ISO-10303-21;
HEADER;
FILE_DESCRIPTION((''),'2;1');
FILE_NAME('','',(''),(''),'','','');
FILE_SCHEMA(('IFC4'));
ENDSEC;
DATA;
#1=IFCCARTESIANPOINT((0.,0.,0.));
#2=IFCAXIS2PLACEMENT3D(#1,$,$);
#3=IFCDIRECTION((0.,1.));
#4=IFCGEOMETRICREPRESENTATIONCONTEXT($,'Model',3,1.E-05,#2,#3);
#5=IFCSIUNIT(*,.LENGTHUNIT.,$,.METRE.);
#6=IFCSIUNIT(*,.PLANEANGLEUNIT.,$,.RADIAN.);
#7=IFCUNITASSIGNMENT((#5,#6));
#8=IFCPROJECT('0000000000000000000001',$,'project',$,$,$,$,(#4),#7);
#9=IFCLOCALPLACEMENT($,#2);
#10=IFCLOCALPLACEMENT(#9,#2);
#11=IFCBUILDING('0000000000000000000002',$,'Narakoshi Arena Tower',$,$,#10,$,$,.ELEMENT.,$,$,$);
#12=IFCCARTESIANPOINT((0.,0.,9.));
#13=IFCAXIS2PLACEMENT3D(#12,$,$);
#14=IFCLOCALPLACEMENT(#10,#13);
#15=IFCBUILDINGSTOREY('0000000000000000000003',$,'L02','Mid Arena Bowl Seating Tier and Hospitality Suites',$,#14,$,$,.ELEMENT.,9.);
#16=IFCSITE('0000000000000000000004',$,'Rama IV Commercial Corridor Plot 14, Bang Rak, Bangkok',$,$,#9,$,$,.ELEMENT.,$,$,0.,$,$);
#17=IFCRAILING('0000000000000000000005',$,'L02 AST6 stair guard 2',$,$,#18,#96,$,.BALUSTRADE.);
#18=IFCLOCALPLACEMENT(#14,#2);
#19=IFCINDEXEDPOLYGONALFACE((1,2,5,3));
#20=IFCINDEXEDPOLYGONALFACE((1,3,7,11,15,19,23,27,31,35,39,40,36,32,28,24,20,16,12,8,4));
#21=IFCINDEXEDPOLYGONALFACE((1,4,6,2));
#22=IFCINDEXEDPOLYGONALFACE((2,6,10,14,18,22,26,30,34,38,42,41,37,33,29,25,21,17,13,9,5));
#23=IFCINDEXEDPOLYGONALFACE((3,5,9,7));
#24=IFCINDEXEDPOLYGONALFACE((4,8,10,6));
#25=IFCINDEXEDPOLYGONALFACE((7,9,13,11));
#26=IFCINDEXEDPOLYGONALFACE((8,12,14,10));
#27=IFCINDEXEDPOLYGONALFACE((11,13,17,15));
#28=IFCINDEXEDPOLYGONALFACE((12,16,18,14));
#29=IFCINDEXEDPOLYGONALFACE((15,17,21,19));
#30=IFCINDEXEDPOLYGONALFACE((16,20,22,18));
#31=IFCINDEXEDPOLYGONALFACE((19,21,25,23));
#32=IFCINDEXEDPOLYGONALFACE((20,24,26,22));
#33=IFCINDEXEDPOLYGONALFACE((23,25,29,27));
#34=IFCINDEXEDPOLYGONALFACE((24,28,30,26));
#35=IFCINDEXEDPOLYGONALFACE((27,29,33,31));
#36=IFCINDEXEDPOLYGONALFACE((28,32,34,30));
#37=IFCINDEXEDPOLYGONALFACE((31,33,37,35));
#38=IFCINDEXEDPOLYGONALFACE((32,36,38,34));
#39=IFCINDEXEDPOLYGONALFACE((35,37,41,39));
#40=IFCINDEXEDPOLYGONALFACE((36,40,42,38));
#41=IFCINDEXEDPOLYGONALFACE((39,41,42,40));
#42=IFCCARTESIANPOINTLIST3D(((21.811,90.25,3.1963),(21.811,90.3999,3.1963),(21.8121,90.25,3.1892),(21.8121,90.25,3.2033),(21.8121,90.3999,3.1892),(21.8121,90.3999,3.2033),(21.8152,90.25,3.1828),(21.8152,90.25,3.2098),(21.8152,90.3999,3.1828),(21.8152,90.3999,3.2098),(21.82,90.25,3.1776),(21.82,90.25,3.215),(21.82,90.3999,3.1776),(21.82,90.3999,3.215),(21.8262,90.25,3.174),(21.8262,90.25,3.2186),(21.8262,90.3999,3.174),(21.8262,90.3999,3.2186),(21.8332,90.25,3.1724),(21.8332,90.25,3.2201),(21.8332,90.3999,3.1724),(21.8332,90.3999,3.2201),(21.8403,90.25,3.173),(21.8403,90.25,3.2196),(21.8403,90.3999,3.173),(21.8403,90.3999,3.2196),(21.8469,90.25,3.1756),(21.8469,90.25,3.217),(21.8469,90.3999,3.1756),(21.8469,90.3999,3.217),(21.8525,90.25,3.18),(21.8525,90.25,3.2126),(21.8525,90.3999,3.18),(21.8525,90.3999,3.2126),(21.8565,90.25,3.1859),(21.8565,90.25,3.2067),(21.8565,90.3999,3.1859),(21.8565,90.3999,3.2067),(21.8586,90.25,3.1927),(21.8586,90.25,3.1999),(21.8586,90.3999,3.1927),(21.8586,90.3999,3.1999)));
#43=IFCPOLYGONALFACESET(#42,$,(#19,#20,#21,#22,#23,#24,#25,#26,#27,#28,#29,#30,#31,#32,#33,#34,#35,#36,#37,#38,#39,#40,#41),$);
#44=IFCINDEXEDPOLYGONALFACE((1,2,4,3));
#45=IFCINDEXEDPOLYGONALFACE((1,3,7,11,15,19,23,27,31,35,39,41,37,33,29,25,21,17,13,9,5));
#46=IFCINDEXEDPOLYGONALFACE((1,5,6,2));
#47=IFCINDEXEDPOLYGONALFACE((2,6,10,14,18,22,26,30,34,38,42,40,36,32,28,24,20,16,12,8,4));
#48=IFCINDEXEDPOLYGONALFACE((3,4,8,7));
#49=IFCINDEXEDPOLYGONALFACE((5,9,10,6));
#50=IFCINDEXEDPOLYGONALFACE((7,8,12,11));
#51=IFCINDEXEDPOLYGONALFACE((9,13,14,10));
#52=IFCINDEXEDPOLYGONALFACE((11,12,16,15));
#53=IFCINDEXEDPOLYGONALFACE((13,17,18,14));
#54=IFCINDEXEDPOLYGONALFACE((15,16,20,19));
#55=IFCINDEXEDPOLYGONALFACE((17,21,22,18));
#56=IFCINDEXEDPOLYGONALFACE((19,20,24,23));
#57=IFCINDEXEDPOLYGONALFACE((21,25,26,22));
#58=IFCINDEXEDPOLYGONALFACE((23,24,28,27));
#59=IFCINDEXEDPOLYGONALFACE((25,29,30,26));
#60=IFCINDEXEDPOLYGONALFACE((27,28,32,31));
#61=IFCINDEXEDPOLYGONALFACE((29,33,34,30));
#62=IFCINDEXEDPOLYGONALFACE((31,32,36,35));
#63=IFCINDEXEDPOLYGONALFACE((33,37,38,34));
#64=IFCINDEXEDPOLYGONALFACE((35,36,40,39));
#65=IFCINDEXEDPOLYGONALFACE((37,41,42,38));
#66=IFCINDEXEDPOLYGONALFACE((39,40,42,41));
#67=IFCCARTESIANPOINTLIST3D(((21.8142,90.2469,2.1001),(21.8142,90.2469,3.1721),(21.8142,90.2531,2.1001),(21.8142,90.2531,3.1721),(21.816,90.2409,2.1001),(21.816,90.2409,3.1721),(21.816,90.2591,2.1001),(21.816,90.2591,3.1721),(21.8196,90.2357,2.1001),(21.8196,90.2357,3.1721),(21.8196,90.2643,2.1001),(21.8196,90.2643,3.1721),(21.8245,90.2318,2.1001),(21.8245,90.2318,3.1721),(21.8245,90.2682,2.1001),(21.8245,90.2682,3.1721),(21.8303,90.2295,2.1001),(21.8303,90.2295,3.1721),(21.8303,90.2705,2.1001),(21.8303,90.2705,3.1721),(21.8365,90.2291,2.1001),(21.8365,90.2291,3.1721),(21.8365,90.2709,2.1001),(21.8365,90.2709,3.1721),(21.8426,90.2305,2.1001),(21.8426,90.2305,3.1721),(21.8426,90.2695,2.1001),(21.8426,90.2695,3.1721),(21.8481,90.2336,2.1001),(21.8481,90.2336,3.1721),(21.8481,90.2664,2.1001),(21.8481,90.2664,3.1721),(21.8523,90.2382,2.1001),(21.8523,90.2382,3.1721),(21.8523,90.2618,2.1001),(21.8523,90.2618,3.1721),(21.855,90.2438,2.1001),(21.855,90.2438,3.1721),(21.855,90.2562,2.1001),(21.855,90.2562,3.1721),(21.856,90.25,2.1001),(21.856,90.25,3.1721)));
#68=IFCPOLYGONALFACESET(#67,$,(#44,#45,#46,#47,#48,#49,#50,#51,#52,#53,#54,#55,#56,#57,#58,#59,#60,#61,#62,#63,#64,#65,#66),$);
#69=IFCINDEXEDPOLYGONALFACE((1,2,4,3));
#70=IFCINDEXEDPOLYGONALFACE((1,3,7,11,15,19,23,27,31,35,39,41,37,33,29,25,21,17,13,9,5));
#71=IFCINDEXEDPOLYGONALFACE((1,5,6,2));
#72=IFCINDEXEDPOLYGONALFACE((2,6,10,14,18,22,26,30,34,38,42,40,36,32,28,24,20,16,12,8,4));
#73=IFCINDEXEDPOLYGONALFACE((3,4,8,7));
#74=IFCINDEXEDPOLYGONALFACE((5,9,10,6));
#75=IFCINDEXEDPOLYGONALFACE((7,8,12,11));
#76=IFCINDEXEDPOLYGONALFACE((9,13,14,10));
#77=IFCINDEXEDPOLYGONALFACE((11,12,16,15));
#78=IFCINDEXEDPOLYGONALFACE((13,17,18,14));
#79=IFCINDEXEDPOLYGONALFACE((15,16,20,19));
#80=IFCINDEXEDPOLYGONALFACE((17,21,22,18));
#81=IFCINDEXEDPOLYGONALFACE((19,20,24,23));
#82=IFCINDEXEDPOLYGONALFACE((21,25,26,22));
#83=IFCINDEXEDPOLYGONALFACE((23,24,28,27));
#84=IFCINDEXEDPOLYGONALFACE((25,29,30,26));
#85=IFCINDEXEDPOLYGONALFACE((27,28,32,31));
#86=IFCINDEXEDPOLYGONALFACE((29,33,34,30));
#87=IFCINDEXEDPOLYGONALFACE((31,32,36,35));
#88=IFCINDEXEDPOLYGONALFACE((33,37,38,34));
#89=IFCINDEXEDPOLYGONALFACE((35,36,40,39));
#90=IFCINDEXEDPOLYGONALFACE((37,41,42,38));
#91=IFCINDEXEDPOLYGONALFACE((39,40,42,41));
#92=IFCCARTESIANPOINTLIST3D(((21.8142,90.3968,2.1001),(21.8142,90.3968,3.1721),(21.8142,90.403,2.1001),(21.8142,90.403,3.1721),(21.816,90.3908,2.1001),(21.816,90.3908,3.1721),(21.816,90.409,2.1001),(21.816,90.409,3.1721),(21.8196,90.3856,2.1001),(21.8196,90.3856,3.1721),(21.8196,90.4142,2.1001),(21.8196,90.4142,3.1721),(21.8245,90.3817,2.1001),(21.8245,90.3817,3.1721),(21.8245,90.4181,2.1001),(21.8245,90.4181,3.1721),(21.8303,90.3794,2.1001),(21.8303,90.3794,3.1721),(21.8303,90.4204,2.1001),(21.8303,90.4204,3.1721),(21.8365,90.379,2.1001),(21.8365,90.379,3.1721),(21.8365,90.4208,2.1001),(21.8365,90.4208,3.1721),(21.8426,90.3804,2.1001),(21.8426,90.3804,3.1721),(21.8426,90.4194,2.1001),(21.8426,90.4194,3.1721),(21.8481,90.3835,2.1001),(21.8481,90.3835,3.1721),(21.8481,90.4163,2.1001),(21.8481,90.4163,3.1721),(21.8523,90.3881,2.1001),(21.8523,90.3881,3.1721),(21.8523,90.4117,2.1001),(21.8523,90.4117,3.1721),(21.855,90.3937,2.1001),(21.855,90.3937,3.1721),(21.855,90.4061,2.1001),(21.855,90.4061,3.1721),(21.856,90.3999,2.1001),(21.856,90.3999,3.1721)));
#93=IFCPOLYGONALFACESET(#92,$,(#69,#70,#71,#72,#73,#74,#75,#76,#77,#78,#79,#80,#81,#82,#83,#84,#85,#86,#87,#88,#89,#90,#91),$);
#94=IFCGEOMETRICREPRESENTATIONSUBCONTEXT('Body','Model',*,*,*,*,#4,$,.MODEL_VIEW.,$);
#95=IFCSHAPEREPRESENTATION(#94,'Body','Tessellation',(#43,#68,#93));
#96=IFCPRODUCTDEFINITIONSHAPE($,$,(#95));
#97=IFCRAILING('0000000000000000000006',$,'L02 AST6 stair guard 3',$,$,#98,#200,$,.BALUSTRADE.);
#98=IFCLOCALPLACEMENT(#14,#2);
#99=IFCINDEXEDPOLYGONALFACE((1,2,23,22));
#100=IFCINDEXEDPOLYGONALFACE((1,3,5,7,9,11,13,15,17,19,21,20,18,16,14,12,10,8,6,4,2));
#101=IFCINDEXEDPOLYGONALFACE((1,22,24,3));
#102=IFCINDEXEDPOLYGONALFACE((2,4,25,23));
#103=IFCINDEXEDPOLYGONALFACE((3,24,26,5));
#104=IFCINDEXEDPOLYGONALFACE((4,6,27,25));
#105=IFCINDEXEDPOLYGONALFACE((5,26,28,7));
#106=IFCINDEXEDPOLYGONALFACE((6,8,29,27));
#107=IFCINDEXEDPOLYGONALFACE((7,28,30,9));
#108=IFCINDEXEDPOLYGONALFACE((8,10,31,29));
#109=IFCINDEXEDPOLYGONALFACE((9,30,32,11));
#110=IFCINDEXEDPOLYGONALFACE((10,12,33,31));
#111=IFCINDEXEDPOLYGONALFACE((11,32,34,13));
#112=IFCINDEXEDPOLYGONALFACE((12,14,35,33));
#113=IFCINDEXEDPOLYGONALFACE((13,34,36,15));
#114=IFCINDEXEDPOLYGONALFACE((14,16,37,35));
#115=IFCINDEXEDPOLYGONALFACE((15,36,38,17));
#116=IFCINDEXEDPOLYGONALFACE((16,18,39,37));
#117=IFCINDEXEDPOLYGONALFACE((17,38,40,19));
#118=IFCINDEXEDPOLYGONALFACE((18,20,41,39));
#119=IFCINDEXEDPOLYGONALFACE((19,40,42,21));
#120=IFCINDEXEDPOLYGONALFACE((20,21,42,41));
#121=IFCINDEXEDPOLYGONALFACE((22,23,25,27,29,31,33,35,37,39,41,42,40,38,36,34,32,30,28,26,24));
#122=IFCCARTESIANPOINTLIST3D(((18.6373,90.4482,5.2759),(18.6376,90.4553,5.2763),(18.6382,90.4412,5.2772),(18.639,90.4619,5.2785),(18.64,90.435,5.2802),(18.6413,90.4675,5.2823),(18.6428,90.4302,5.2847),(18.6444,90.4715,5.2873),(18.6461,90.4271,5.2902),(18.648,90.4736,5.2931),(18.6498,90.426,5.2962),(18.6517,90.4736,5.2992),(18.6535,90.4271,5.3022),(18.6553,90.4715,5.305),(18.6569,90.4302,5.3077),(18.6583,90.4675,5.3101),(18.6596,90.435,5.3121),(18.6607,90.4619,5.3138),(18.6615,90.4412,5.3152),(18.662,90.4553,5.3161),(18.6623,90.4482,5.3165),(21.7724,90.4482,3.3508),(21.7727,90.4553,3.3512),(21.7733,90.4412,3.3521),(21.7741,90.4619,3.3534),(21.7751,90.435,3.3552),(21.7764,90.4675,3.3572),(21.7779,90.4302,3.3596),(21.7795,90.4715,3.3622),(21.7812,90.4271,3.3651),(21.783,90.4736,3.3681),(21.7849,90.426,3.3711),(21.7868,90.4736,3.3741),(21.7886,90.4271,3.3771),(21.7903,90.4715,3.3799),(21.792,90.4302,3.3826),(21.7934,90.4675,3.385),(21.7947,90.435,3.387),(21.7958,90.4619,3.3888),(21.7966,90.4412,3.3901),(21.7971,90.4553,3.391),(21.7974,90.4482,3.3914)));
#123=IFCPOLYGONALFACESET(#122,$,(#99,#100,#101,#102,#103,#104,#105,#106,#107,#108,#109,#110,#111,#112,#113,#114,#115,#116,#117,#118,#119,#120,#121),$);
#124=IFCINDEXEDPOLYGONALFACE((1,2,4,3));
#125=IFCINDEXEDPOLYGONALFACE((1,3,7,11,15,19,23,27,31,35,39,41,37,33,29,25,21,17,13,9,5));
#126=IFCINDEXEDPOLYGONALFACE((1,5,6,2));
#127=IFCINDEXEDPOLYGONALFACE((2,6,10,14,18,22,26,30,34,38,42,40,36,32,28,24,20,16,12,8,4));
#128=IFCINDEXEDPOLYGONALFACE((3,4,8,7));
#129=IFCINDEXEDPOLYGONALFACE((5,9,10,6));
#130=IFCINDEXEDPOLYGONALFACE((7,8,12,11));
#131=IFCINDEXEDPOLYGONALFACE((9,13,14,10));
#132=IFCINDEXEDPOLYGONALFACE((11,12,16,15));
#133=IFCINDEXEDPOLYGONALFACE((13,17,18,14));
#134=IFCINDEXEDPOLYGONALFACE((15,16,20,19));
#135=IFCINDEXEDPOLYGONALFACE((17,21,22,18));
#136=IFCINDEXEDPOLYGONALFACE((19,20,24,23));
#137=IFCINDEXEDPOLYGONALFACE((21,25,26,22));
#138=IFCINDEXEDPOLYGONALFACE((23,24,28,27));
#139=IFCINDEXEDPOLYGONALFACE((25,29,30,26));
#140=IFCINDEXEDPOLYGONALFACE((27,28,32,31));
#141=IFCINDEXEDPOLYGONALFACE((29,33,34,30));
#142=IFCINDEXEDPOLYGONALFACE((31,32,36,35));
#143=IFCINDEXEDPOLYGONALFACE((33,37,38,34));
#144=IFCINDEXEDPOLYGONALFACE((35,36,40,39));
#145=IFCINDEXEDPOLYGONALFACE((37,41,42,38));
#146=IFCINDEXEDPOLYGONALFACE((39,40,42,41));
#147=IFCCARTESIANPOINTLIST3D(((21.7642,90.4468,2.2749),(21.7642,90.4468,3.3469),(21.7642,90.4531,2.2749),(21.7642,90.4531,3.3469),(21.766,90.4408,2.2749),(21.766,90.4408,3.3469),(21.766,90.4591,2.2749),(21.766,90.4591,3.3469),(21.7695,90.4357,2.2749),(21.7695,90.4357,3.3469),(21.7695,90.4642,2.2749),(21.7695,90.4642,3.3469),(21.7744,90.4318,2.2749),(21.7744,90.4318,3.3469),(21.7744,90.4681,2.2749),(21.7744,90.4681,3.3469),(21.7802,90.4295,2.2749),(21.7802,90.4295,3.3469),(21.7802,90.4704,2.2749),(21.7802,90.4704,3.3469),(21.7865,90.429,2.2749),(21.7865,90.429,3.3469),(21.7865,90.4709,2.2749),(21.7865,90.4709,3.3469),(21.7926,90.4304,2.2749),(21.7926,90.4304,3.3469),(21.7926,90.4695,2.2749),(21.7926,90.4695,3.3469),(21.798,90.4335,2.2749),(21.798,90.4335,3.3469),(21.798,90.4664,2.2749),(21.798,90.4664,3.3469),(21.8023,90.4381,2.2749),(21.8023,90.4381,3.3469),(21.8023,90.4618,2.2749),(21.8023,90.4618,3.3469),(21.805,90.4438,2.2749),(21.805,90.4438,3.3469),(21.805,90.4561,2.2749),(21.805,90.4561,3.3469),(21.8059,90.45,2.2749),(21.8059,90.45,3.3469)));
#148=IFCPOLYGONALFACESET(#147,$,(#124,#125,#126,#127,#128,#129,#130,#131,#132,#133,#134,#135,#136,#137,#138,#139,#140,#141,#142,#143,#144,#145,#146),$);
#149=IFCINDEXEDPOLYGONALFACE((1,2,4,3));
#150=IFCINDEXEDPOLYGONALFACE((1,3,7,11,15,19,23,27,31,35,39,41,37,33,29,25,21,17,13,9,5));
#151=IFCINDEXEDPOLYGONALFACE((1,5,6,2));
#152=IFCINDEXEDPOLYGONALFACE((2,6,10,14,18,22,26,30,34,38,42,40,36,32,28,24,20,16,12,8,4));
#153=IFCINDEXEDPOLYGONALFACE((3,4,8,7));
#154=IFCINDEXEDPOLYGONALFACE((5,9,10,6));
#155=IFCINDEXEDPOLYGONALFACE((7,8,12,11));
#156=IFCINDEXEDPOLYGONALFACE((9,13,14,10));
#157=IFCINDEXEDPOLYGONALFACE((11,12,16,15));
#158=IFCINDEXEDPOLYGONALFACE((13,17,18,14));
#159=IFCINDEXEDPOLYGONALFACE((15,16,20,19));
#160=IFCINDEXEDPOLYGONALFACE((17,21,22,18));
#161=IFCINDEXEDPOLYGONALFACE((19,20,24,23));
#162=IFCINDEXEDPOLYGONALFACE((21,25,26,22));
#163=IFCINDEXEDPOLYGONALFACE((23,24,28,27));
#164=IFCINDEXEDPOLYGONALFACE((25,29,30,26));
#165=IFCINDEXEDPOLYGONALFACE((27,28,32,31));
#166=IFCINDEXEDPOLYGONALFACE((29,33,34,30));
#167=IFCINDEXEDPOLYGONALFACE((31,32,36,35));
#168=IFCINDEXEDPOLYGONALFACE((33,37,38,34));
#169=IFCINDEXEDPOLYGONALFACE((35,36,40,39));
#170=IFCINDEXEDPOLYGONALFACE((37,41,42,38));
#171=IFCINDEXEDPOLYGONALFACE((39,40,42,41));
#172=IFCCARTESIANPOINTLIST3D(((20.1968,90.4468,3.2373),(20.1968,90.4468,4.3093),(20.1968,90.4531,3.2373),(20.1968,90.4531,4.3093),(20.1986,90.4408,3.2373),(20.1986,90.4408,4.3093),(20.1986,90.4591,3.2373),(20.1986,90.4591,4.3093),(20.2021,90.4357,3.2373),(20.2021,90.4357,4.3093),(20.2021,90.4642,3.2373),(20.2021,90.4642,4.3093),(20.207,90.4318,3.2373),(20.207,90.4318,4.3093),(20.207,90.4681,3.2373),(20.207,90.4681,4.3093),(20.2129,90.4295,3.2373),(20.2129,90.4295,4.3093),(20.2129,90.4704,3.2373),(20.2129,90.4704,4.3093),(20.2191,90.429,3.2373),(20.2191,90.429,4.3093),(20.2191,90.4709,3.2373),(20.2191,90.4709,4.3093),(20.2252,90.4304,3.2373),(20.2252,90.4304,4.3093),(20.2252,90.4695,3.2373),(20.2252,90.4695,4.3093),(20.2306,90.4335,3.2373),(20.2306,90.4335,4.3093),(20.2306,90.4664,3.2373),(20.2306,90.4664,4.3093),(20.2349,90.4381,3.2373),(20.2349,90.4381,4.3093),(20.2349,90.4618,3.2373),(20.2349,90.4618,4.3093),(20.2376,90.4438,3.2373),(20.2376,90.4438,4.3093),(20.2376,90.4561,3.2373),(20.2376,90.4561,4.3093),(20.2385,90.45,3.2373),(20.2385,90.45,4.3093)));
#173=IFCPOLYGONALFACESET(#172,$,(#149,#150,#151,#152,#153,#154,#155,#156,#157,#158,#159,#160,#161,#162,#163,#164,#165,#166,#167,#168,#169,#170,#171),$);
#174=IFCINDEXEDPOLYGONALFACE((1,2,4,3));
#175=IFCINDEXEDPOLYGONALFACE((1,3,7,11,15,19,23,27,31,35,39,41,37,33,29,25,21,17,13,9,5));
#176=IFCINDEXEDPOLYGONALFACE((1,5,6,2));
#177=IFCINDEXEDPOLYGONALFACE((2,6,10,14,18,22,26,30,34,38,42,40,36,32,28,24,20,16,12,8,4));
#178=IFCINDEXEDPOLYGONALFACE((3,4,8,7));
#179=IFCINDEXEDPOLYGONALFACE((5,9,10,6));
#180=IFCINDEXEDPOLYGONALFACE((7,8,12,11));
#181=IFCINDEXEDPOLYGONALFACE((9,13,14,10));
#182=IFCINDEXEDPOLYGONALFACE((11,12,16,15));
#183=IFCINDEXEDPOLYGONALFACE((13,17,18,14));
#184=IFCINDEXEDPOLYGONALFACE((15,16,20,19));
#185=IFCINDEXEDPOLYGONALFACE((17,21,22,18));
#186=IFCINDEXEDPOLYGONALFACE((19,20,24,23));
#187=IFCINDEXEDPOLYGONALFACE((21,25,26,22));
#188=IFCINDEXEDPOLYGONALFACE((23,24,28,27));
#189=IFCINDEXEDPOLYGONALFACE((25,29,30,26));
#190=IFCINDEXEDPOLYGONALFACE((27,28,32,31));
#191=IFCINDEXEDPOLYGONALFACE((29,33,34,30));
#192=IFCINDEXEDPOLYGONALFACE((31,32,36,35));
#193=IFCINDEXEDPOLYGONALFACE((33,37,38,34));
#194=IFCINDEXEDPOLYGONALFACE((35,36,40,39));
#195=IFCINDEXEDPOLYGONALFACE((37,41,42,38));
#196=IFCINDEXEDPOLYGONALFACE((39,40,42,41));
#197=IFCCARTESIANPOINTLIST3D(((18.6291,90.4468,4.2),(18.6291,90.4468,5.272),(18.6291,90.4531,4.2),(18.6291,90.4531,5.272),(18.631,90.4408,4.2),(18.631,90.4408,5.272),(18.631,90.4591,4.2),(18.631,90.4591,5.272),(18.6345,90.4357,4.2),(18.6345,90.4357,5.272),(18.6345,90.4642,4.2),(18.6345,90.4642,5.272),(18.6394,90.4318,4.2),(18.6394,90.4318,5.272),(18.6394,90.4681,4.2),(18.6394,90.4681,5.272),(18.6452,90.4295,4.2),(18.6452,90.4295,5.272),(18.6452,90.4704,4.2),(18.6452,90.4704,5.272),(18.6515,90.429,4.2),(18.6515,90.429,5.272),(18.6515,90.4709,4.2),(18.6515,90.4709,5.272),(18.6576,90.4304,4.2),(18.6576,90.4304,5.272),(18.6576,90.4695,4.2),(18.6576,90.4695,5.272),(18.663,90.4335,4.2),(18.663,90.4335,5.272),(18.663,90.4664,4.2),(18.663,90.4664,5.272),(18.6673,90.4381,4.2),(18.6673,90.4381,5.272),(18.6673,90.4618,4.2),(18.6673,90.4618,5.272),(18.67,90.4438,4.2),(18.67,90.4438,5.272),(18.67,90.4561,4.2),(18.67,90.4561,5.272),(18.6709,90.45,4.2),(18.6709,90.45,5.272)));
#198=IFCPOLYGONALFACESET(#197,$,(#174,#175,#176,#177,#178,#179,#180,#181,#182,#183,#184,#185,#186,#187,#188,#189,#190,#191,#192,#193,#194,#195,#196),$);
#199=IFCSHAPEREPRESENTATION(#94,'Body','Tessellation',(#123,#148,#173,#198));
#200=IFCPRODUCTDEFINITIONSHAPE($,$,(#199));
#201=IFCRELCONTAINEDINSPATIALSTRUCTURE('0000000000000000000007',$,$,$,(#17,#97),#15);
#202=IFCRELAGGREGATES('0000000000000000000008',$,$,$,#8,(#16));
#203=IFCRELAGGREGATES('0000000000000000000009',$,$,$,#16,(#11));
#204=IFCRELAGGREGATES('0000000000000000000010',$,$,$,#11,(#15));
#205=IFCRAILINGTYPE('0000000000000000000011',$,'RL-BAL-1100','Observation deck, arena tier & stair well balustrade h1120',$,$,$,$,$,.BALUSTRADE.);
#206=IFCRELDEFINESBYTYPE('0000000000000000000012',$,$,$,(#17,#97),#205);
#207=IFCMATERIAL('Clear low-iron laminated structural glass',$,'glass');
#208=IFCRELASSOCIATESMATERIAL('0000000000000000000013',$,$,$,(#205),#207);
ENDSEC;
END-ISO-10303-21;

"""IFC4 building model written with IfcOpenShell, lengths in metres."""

from ifc_helpers import new_model, si_unit, direction, frame, origin, origin_2d, place, context, subcontext, project, spatial, circle, extrude, material, type_object, element, save


model = new_model("IFC4")

# Units and contexts
model_context = context("Model", 3, precision=1e-05, world=origin(), true_north=direction((0.0, 1.0)))
body_context = subcontext(model_context, "Body", "Model", "MODEL_VIEW")
ifc_project = project(units=[si_unit("LENGTHUNIT", "METRE"), si_unit("PLANEANGLEUNIT", "RADIAN")], contexts=[model_context])

# Site, building, storey
site_placement = place(None, origin())
site = spatial("IfcSite", under=ifc_project, at=site_placement, Name="Rama IV Commercial Corridor Plot 14, Bang Rak, Bangkok", CompositionType="ELEMENT", RefElevation=0.0)
building_placement = place(site_placement, origin())
building = spatial("IfcBuilding", under=site, at=building_placement, Name="Narakoshi Arena Tower", CompositionType="ELEMENT")
storey_placement = place(building_placement, frame((0.0, 0.0, 9.0)))
storey = spatial("IfcBuildingStorey", under=building, at=storey_placement, Name="L02", Description="Mid Arena Bowl Seating Tier and Hospitality Suites", CompositionType="ELEMENT", Elevation=9.0)

# Railings
ifc_material_1 = material(Name="Clear low-iron laminated structural glass", Category="glass")
railing_type_1 = type_object("IfcRailingType", Name="RL-BAL-1100", Description="Observation deck, arena tier & stair well balustrade h1120", PredefinedType="BALUSTRADE", material=ifc_material_1)
railing_1_placement = place(storey_placement, frame((21.835, 90.25, 2.1001)))
element("IfcRailing", 1, at=railing_1_placement, inside=storey, type_object=railing_type_1, Name="L02 AST6 stair guard 2", PredefinedType="BALUSTRADE", context=body_context, shape_type="SweptSolid", body=[
    extrude(circle(Radius=0.0239, at=origin_2d()), frame((0.0, 0.0, 1.0962), z_axis=(0.0, 1.0, 0.0), x_axis=(-1.0, 0.0, 0.0)), (0.0, 0.0, 1.0), 0.1499),
    extrude(circle(Radius=0.021, at=origin_2d()), origin(), (0.0, 0.0, 1.0), 1.072),
    extrude(circle(Radius=0.021, at=origin_2d()), frame((0.0, 0.1499, 0.0)), (0.0, 0.0, 1.0), 1.072),
])
railing_2_placement = place(storey_placement, frame((21.7849, 90.45, 2.2749)))
element("IfcRailing", 2, at=railing_2_placement, inside=storey, type_object=railing_type_1, Name="L02 AST6 stair guard 3", PredefinedType="BALUSTRADE", context=body_context, shape_type="SweptSolid", body=[
    extrude(circle(Radius=0.0239, at=origin_2d()), frame((0.0, 0.0, 1.0962), z_axis=(-0.852166, 0.0, 0.523271), x_axis=(0.0, -1.0, 0.0)), (0.0, 0.0, 1.0), 3.679),
    extrude(circle(Radius=0.021, at=origin_2d()), origin(), (0.0, 0.0, 1.0), 1.072),
    extrude(circle(Radius=0.021, at=origin_2d()), frame((-1.5674, 0.0, 0.9624)), (0.0, 0.0, 1.0), 1.072),
    extrude(circle(Radius=0.021, at=origin_2d()), frame((-3.135, 0.0, 1.925)), (0.0, 0.0, 1.0), 1.072),
])

save(model, "model.ifc")
